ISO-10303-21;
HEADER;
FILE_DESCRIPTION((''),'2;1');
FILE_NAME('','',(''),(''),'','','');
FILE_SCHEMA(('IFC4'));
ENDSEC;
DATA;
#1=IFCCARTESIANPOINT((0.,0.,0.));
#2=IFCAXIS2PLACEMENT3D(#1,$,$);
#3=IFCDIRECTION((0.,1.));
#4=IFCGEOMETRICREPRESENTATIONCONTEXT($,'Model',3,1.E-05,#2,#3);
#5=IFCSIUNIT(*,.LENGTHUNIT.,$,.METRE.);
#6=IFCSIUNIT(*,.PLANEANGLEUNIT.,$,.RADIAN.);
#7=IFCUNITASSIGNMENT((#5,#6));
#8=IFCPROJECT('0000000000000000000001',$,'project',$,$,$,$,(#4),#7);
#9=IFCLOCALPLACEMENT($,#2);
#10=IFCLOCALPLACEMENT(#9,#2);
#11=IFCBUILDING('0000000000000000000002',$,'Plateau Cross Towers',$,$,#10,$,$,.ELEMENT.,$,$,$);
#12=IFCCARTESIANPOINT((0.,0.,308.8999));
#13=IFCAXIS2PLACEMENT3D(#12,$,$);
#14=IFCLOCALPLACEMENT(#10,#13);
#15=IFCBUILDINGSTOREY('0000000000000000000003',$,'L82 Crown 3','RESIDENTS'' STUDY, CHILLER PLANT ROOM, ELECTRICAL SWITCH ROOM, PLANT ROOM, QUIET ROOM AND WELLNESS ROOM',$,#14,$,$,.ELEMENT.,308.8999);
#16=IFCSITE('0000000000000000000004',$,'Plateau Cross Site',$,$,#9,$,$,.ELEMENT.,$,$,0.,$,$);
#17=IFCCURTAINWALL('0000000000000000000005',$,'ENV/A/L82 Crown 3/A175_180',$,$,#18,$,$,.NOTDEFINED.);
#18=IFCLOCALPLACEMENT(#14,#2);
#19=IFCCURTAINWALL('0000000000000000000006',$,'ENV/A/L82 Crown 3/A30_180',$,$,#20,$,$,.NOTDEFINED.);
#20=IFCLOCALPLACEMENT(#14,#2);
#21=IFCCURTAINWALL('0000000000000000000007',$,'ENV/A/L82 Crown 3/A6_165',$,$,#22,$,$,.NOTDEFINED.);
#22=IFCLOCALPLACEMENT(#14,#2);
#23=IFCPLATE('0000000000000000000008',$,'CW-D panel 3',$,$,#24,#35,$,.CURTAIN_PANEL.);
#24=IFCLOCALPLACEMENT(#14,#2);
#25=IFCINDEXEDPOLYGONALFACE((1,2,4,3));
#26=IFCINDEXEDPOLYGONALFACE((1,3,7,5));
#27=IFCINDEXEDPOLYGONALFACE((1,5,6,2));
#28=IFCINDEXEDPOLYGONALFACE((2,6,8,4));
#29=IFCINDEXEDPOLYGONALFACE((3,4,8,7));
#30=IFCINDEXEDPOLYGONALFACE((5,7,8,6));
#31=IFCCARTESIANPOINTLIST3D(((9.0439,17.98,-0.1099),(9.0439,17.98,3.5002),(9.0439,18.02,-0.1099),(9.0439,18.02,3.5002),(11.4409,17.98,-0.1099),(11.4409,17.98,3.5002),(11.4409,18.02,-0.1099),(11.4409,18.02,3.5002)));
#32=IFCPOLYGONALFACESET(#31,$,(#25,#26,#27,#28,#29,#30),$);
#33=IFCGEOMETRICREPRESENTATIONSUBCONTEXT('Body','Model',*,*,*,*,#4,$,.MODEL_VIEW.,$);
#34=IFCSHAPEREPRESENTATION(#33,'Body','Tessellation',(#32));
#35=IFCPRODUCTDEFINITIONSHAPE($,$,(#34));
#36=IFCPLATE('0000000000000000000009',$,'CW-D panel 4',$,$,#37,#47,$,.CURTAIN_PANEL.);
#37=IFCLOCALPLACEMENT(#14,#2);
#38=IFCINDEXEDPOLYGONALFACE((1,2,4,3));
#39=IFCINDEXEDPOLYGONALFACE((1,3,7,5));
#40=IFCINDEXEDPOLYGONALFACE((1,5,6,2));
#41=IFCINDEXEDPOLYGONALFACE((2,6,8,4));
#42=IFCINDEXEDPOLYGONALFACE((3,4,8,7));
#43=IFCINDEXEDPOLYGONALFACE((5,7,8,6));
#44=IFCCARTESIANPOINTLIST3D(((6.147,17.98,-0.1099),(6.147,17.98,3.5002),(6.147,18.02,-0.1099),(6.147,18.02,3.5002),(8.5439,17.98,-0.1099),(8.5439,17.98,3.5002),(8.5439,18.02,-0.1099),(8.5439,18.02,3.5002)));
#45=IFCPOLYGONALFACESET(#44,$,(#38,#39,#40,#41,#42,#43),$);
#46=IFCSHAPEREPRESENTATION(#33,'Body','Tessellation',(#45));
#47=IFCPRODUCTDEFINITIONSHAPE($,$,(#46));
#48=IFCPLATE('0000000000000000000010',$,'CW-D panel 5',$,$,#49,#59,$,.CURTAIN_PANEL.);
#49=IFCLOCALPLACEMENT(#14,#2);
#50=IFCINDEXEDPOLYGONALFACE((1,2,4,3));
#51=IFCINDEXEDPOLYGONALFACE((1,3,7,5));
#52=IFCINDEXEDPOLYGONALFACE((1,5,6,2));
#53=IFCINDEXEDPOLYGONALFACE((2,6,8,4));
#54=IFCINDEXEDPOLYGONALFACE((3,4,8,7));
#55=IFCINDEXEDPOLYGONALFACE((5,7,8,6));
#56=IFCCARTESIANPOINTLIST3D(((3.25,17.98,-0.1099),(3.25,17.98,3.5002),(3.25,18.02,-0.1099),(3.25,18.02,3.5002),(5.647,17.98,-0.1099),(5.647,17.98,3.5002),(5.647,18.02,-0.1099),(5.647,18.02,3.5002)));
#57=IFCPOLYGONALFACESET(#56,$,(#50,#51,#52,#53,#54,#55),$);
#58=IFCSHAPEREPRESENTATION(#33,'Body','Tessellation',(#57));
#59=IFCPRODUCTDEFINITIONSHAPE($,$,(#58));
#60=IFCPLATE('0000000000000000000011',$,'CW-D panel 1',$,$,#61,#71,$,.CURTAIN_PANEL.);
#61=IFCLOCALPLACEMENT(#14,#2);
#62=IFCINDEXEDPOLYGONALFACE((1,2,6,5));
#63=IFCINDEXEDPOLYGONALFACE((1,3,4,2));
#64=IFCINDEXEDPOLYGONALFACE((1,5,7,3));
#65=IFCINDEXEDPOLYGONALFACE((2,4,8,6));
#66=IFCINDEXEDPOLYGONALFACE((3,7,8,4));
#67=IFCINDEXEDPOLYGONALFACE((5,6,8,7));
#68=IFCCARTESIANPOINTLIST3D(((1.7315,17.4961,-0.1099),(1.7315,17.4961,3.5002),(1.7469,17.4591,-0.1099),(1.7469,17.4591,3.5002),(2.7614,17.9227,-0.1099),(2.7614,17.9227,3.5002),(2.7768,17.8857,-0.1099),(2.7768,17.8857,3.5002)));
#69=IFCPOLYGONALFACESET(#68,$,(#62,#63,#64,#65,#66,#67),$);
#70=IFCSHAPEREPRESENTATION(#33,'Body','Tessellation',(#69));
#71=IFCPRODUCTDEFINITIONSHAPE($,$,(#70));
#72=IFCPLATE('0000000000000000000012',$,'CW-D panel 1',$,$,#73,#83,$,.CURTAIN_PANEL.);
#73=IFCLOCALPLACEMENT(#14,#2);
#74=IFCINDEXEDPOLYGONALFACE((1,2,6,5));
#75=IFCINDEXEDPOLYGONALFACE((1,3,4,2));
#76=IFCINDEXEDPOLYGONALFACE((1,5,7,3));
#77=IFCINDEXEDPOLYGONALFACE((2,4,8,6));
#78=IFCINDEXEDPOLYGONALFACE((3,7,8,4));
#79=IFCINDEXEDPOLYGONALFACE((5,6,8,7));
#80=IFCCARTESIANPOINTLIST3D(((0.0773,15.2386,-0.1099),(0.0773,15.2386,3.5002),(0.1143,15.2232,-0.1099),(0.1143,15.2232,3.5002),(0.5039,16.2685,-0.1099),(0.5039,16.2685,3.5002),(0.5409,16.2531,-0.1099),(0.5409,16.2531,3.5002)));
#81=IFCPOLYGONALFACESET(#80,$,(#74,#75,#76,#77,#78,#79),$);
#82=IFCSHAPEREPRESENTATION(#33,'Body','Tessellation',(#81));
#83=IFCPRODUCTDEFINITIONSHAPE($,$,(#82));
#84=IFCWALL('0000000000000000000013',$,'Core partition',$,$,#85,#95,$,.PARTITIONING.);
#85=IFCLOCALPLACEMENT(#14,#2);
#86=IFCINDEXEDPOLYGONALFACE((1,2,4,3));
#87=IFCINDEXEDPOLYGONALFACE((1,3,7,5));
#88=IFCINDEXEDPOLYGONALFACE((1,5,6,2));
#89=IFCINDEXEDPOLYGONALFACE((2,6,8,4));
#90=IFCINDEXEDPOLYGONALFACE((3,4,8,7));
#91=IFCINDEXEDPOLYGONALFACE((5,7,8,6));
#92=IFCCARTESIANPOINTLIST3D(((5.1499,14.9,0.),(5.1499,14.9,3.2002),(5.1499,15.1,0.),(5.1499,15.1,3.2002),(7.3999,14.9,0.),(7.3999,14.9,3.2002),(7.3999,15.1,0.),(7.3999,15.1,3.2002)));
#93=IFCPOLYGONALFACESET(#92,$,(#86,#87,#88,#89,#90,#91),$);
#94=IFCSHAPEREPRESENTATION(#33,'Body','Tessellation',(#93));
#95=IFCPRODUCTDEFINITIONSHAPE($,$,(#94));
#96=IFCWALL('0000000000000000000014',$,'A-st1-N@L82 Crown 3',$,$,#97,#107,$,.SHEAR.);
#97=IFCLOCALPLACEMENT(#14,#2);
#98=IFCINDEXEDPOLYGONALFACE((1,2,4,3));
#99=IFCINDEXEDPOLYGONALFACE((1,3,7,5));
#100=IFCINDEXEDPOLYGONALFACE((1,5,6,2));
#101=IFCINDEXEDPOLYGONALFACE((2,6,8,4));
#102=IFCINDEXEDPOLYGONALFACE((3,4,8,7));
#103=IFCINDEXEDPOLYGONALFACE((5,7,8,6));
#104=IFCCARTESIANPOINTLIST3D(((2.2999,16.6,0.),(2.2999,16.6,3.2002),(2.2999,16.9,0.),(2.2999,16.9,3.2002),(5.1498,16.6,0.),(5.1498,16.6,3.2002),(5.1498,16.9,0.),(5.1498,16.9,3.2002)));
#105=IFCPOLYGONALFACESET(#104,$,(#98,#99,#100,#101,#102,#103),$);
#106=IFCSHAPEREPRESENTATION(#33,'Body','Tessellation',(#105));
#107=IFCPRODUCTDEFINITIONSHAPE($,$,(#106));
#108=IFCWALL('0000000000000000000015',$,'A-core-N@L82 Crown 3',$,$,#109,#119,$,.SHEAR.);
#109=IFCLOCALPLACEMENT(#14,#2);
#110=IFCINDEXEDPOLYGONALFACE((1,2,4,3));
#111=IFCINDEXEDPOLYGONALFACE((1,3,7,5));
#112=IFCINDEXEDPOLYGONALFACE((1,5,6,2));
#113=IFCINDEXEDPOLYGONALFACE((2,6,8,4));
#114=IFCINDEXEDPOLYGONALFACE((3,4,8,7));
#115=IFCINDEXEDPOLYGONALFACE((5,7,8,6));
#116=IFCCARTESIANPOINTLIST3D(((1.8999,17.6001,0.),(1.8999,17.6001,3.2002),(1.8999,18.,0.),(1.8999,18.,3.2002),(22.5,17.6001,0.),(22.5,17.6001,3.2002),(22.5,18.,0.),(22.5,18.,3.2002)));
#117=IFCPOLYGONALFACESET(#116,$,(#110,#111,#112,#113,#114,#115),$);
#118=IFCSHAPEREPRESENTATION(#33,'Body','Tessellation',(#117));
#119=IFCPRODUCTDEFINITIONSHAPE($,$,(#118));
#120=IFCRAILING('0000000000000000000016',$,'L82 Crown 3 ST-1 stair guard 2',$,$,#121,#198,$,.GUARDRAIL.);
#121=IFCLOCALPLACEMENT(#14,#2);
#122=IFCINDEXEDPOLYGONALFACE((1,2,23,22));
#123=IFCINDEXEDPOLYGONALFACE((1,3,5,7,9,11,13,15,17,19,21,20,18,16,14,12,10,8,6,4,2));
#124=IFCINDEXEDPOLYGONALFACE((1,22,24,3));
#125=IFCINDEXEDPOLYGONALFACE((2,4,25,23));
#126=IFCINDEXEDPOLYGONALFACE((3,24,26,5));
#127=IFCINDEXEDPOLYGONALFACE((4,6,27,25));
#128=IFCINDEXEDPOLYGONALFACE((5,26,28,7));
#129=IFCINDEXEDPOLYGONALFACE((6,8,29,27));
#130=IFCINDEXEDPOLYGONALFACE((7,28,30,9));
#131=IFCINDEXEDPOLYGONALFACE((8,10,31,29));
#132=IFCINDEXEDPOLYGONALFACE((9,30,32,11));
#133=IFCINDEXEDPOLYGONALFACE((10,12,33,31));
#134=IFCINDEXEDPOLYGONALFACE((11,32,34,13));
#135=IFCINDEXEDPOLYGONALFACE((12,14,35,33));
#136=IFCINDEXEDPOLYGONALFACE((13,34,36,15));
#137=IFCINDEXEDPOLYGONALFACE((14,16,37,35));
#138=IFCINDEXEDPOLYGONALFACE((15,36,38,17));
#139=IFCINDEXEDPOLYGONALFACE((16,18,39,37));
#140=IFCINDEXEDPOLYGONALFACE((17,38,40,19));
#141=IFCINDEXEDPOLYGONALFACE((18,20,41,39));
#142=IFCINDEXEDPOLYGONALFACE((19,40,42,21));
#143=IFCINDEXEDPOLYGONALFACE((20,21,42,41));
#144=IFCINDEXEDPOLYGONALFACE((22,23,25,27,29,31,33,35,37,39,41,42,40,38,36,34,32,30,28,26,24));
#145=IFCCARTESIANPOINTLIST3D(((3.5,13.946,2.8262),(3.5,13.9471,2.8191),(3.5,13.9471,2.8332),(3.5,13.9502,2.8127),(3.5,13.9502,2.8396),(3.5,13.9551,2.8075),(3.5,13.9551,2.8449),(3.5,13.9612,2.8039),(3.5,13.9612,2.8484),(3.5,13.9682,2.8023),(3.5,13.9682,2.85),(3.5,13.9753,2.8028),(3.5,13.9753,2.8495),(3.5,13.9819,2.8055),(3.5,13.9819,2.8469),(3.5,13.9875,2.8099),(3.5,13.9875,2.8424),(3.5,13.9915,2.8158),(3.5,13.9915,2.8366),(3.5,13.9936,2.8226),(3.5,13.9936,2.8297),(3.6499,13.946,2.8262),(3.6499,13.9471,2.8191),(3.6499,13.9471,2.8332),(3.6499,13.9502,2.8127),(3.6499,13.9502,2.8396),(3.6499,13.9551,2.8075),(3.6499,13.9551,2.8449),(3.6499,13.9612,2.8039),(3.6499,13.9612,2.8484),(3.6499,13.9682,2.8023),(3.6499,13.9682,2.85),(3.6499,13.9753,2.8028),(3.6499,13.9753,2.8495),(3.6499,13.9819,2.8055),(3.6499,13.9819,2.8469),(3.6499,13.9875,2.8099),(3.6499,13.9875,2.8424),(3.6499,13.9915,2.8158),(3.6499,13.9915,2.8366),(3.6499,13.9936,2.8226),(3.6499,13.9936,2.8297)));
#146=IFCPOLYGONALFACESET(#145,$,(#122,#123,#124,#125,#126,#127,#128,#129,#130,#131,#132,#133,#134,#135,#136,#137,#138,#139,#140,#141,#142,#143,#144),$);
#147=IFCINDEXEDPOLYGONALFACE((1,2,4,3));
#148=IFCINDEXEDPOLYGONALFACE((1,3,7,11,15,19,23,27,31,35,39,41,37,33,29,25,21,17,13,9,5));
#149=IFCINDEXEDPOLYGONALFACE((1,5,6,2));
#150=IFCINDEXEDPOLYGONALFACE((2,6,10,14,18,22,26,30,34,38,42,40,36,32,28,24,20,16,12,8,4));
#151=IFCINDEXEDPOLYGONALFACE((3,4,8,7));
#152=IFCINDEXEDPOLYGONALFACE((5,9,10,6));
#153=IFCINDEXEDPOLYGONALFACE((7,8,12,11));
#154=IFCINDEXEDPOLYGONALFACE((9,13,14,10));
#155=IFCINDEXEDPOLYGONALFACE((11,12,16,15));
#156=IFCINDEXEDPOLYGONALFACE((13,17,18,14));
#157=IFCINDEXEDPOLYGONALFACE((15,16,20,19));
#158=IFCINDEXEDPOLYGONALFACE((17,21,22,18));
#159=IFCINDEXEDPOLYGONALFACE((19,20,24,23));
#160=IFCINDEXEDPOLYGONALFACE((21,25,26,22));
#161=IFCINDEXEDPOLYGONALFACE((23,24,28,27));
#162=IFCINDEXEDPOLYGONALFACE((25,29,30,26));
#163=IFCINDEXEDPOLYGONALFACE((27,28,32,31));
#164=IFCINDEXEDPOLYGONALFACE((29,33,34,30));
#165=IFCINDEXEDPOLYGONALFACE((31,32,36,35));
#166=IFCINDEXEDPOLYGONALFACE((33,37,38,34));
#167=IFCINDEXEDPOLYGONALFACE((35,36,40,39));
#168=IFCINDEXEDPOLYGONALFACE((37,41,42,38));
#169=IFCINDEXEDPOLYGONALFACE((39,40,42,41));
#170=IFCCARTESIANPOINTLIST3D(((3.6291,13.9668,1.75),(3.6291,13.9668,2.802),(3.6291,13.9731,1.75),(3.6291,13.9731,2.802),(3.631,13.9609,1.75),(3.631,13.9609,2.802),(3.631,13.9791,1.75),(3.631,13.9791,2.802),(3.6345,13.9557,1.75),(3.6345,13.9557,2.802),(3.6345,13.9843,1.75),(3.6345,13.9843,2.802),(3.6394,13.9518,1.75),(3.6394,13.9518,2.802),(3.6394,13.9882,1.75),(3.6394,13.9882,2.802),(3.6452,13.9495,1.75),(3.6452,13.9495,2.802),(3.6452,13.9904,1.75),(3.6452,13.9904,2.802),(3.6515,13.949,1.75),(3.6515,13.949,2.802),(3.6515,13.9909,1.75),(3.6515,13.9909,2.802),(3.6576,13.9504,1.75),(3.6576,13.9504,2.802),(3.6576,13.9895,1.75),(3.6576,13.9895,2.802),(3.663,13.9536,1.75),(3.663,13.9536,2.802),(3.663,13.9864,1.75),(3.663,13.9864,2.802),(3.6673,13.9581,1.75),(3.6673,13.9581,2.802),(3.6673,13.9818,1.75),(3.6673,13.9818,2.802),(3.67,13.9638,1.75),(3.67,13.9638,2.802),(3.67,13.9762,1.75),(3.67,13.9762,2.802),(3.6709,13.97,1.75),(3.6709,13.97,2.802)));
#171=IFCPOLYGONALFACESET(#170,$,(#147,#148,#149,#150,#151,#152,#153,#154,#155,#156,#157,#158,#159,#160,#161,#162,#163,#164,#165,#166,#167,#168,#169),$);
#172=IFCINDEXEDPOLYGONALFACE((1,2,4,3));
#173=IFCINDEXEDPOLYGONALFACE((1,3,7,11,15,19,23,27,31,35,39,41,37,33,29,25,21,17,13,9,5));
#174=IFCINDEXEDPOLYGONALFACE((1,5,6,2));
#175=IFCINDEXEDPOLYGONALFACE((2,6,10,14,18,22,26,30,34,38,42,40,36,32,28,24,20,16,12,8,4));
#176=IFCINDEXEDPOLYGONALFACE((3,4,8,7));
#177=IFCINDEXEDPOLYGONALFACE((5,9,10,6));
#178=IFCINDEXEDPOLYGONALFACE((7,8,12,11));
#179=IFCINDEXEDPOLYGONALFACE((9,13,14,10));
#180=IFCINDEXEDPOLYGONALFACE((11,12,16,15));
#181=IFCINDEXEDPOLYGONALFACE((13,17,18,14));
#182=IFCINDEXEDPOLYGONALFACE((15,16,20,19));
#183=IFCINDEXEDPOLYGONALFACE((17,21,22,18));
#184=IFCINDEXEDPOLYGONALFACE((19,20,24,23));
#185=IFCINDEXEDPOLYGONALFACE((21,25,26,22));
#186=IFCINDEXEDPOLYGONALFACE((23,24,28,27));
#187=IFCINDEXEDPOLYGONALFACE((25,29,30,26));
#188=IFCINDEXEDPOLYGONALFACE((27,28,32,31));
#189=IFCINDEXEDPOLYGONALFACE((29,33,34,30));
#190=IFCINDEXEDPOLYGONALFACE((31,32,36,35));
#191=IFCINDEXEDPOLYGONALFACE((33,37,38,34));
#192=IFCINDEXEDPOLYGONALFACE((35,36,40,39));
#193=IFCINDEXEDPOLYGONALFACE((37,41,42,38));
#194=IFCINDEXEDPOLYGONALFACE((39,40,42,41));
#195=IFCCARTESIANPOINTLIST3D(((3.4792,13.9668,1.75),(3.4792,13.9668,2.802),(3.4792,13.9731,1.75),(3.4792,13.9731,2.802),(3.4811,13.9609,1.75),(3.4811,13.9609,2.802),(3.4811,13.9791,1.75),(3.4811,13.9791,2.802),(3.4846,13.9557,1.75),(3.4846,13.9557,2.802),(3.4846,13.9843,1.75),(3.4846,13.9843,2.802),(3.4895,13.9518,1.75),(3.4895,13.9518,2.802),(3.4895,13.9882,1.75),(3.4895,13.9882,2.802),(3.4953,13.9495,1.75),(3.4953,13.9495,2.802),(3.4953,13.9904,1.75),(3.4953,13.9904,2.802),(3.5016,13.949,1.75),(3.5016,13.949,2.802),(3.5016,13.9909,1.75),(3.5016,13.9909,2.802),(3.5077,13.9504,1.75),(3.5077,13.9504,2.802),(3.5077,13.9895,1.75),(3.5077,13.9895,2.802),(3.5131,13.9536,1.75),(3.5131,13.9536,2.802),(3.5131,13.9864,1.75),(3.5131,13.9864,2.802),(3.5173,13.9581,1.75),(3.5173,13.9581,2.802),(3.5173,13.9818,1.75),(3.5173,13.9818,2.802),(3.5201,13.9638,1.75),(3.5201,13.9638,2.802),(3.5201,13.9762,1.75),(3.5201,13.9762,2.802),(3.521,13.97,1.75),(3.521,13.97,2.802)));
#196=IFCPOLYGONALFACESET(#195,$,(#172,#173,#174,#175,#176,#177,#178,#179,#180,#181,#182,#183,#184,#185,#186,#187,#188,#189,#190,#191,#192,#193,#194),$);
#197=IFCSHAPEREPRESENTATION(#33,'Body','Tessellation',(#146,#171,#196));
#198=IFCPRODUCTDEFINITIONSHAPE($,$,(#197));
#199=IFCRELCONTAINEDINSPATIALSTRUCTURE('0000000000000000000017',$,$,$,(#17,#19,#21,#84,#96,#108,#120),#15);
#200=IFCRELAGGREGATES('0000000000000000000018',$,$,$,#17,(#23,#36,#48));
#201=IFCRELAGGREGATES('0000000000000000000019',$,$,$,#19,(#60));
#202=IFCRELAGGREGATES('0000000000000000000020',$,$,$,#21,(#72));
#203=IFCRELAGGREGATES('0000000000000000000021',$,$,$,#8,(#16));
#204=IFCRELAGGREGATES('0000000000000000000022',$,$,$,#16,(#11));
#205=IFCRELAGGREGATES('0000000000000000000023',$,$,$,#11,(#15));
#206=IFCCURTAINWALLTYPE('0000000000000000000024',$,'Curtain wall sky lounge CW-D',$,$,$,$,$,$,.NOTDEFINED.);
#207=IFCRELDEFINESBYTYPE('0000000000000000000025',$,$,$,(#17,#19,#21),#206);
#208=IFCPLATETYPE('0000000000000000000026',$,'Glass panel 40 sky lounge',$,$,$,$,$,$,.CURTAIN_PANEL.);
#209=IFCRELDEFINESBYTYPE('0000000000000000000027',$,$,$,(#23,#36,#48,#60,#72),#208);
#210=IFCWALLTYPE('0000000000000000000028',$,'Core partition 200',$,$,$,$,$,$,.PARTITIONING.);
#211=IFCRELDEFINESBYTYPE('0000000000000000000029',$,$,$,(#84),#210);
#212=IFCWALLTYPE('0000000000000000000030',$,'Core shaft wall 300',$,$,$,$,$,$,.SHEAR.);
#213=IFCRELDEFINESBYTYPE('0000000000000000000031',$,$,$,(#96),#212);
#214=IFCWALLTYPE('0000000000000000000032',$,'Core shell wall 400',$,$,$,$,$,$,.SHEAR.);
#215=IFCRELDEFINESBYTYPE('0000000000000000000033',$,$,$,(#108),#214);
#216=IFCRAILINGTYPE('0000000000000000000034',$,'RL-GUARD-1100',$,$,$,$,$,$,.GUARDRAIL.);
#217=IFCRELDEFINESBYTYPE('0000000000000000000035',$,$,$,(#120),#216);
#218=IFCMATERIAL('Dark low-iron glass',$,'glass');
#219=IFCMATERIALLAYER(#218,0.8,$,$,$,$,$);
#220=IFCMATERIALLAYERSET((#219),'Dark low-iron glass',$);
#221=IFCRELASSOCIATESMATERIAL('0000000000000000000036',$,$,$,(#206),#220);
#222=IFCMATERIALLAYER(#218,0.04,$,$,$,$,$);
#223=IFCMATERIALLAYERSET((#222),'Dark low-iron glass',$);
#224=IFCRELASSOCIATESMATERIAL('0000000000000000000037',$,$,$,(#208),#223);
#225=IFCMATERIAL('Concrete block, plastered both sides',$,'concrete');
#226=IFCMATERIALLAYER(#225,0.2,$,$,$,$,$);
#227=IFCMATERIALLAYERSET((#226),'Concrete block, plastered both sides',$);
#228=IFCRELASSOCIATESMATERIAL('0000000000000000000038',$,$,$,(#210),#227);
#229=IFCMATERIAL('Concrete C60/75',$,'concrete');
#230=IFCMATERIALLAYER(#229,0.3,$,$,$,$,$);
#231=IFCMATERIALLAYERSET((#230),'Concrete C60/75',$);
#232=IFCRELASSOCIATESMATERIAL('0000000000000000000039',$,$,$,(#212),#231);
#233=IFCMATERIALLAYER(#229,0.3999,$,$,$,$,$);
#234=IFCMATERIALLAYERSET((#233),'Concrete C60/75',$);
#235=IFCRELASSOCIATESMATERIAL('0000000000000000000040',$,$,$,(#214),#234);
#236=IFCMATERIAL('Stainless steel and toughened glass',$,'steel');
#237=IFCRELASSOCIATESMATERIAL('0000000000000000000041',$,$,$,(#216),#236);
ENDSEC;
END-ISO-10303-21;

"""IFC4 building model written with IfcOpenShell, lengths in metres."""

from ifc_helpers import new_model, si_unit, direction, frame, frame_2d, origin, origin_2d, place, context, subcontext, project, spatial, rectangle, circle, extrude, material, layer, layer_set, type_object, element, aggregate, save


model = new_model("IFC4")

# Units and contexts
model_context = context("Model", 3, precision=1e-05, world=origin(), true_north=direction((0.0, 1.0)))
body_context = subcontext(model_context, "Body", "Model", "MODEL_VIEW")
ifc_project = project(units=[si_unit("LENGTHUNIT", "METRE"), si_unit("PLANEANGLEUNIT", "RADIAN")], contexts=[model_context])

# Site, building, storey
site_placement = place(None, origin())
site = spatial("IfcSite", under=ifc_project, at=site_placement, Name="Plateau Cross Site", CompositionType="ELEMENT", RefElevation=0.0)
building_placement = place(site_placement, origin())
building = spatial("IfcBuilding", under=site, at=building_placement, Name="Plateau Cross Towers", CompositionType="ELEMENT")
storey_placement = place(building_placement, frame((0.0, 0.0, 308.8999)))
storey = spatial("IfcBuildingStorey", under=building, at=storey_placement, Name="L82 Crown 3", Description="RESIDENTS' STUDY, CHILLER PLANT ROOM, ELECTRICAL SWITCH ROOM, PLANT ROOM, QUIET ROOM AND WELLNESS ROOM", CompositionType="ELEMENT", Elevation=308.8999)

# Shared definitions
ifc_material_1 = material(Name="Concrete C60/75", Category="concrete")

# Curtain walls
ifc_material_2 = material(Name="Dark low-iron glass", Category="glass")
ifc_layer_1 = layer(ifc_material_2, 0.8)
ifc_layer_set_1 = layer_set([ifc_layer_1], Name="Dark low-iron glass")
curtain_wall_type = type_object("IfcCurtainWallType", Name="Curtain wall sky lounge CW-D", PredefinedType="NOTDEFINED", material=ifc_layer_set_1)
curtain_wall_1_placement = place(storey_placement, origin())
curtain_wall_1 = element("IfcCurtainWall", 1, at=curtain_wall_1_placement, inside=storey, type_object=curtain_wall_type, Name="ENV/A/L82 Crown 3/A175_180", PredefinedType="NOTDEFINED")
curtain_wall_2_placement = place(storey_placement, origin())
curtain_wall_2 = element("IfcCurtainWall", 2, at=curtain_wall_2_placement, inside=storey, type_object=curtain_wall_type, Name="ENV/A/L82 Crown 3/A30_180", PredefinedType="NOTDEFINED")

# Curtain wall
curtain_wall_3_placement = place(storey_placement, origin())
curtain_wall_3 = element("IfcCurtainWall", 3, at=curtain_wall_3_placement, inside=storey, type_object=curtain_wall_type, Name="ENV/A/L82 Crown 3/A6_165", PredefinedType="NOTDEFINED")

# Plates
ifc_layer_2 = layer(ifc_material_2, 0.04)
ifc_layer_set_2 = layer_set([ifc_layer_2], Name="Dark low-iron glass")
plate_type = type_object("IfcPlateType", Name="Glass panel 40 sky lounge", PredefinedType="CURTAIN_PANEL", material=ifc_layer_set_2)
plate_1_placement = place(storey_placement, frame((10.2424, 18.0, -0.1099), z_axis=(0.0, 0.0, 1.0), x_axis=(-1.0, 0.0, 0.0)))
plate_1 = element("IfcPlate", 4, at=plate_1_placement, type_object=plate_type, Name="CW-D panel 3", PredefinedType="CURTAIN_PANEL", context=body_context, shape_type="SweptSolid", body=[
    extrude(rectangle(XDim=2.397, YDim=0.04, at=origin_2d()), origin(), (0.0, 0.0, 1.0), 3.6101),
])
plate_2_placement = place(storey_placement, frame((7.3455, 18.0, -0.1099), z_axis=(0.0, 0.0, 1.0), x_axis=(-1.0, 0.0, 0.0)))
plate_2 = element("IfcPlate", 5, at=plate_2_placement, type_object=plate_type, Name="CW-D panel 4", PredefinedType="CURTAIN_PANEL", context=body_context, shape_type="SweptSolid", body=[
    extrude(rectangle(XDim=2.397, YDim=0.04, at=origin_2d()), origin(), (0.0, 0.0, 1.0), 3.6101),
])
plate_3_placement = place(storey_placement, frame((4.4485, 18.0, -0.1099), z_axis=(0.0, 0.0, 1.0), x_axis=(-1.0, 0.0, 0.0)))
plate_3 = element("IfcPlate", 6, at=plate_3_placement, type_object=plate_type, Name="CW-D panel 5", PredefinedType="CURTAIN_PANEL", context=body_context, shape_type="SweptSolid", body=[
    extrude(rectangle(XDim=2.397, YDim=0.04, at=origin_2d()), origin(), (0.0, 0.0, 1.0), 3.6101),
])
aggregate(curtain_wall_1, [plate_1, plate_2, plate_3])
plate_4_placement = place(storey_placement, frame((2.2542, 17.6909, -0.1099), z_axis=(0.0, 0.0, 1.0), x_axis=(-0.923879, -0.382684, 0.0)))
plate_4 = element("IfcPlate", 7, at=plate_4_placement, type_object=plate_type, Name="CW-D panel 1", PredefinedType="CURTAIN_PANEL", context=body_context, shape_type="SweptSolid", body=[
    extrude(rectangle(XDim=1.1147, YDim=0.04, at=origin_2d()), origin(), (0.0, 0.0, 1.0), 3.6101),
])
aggregate(curtain_wall_2, [plate_4])
plate_5_placement = place(storey_placement, frame((0.3091, 15.7458, -0.1099), z_axis=(0.0, 0.0, 1.0), x_axis=(-0.382684, -0.923879, 0.0)))
plate_5 = element("IfcPlate", 8, at=plate_5_placement, type_object=plate_type, Name="CW-D panel 1", PredefinedType="CURTAIN_PANEL", context=body_context, shape_type="SweptSolid", body=[
    extrude(rectangle(XDim=1.1147, YDim=0.04, at=origin_2d()), origin(), (0.0, 0.0, 1.0), 3.6101),
])
aggregate(curtain_wall_3, [plate_5])

# Walls
ifc_material_3 = material(Name="Concrete block, plastered both sides", Category="concrete")
ifc_layer_3 = layer(ifc_material_3, 0.2)
ifc_layer_set_3 = layer_set([ifc_layer_3], Name="Concrete block, plastered both sides")
wall_type_1 = type_object("IfcWallType", Name="Core partition 200", PredefinedType="PARTITIONING", material=ifc_layer_set_3)
wall_1_placement = place(storey_placement, frame((5.1499, 15.0, 0.0), z_axis=(0.0, 0.0, 1.0), x_axis=(1.0, 0.0, 0.0)))
element("IfcWall", 9, at=wall_1_placement, inside=storey, type_object=wall_type_1, Name="Core partition", PredefinedType="PARTITIONING", context=body_context, shape_type="SweptSolid", body=[
    extrude(rectangle(XDim=2.25, YDim=0.2, at=frame_2d((1.125, 0.0))), origin(), (0.0, 0.0, 1.0), 3.2002),
])
ifc_layer_4 = layer(ifc_material_1, 0.3)
ifc_layer_set_4 = layer_set([ifc_layer_4], Name="Concrete C60/75")
wall_type_2 = type_object("IfcWallType", Name="Core shaft wall 300", PredefinedType="SHEAR", material=ifc_layer_set_4)
wall_2_placement = place(storey_placement, frame((2.3, 16.75, 0.0), z_axis=(0.0, 0.0, 1.0), x_axis=(1.0, 0.0, 0.0)))
element("IfcWall", 10, at=wall_2_placement, inside=storey, type_object=wall_type_2, Name="A-st1-N@L82 Crown 3", PredefinedType="SHEAR", context=body_context, shape_type="SweptSolid", body=[
    extrude(rectangle(XDim=2.8499, YDim=0.3, at=frame_2d((1.4248, 0.0))), origin(), (0.0, 0.0, 1.0), 3.2002),
])
ifc_layer_5 = layer(ifc_material_1, 0.3999)
ifc_layer_set_5 = layer_set([ifc_layer_5], Name="Concrete C60/75")
wall_type_3 = type_object("IfcWallType", Name="Core shell wall 400", PredefinedType="SHEAR", material=ifc_layer_set_5)
wall_3_placement = place(storey_placement, frame((1.8999, 17.8, 0.0), z_axis=(0.0, 0.0, 1.0), x_axis=(1.0, 0.0, 0.0)))
element("IfcWall", 11, at=wall_3_placement, inside=storey, type_object=wall_type_3, Name="A-core-N@L82 Crown 3", PredefinedType="SHEAR", context=body_context, shape_type="SweptSolid", body=[
    extrude(rectangle(XDim=20.6001, YDim=0.3999, at=frame_2d((10.3, 0.0))), origin(), (0.0, 0.0, 1.0), 3.2002),
])

# Railing
ifc_material_4 = material(Name="Stainless steel and toughened glass", Category="steel")
railing_type = type_object("IfcRailingType", Name="RL-GUARD-1100", PredefinedType="GUARDRAIL", material=ifc_material_4)
railing_placement = place(storey_placement, frame((3.6499, 13.97, 1.75)))
element("IfcRailing", 12, at=railing_placement, inside=storey, type_object=railing_type, Name="L82 Crown 3 ST-1 stair guard 2", PredefinedType="GUARDRAIL", context=body_context, shape_type="SweptSolid", body=[
    extrude(circle(Radius=0.0239, at=origin_2d()), frame((0.0, 0.0, 1.0762), z_axis=(-1.0, 0.0, 0.0), x_axis=(0.0, -1.0, 0.0)), (0.0, 0.0, 1.0), 0.1499),
    extrude(circle(Radius=0.021, at=origin_2d()), origin(), (0.0, 0.0, 1.0), 1.052),
    extrude(circle(Radius=0.021, at=origin_2d()), frame((-0.1499, 0.0, 0.0)), (0.0, 0.0, 1.0), 1.052),
])

save(model, "model.ifc")
